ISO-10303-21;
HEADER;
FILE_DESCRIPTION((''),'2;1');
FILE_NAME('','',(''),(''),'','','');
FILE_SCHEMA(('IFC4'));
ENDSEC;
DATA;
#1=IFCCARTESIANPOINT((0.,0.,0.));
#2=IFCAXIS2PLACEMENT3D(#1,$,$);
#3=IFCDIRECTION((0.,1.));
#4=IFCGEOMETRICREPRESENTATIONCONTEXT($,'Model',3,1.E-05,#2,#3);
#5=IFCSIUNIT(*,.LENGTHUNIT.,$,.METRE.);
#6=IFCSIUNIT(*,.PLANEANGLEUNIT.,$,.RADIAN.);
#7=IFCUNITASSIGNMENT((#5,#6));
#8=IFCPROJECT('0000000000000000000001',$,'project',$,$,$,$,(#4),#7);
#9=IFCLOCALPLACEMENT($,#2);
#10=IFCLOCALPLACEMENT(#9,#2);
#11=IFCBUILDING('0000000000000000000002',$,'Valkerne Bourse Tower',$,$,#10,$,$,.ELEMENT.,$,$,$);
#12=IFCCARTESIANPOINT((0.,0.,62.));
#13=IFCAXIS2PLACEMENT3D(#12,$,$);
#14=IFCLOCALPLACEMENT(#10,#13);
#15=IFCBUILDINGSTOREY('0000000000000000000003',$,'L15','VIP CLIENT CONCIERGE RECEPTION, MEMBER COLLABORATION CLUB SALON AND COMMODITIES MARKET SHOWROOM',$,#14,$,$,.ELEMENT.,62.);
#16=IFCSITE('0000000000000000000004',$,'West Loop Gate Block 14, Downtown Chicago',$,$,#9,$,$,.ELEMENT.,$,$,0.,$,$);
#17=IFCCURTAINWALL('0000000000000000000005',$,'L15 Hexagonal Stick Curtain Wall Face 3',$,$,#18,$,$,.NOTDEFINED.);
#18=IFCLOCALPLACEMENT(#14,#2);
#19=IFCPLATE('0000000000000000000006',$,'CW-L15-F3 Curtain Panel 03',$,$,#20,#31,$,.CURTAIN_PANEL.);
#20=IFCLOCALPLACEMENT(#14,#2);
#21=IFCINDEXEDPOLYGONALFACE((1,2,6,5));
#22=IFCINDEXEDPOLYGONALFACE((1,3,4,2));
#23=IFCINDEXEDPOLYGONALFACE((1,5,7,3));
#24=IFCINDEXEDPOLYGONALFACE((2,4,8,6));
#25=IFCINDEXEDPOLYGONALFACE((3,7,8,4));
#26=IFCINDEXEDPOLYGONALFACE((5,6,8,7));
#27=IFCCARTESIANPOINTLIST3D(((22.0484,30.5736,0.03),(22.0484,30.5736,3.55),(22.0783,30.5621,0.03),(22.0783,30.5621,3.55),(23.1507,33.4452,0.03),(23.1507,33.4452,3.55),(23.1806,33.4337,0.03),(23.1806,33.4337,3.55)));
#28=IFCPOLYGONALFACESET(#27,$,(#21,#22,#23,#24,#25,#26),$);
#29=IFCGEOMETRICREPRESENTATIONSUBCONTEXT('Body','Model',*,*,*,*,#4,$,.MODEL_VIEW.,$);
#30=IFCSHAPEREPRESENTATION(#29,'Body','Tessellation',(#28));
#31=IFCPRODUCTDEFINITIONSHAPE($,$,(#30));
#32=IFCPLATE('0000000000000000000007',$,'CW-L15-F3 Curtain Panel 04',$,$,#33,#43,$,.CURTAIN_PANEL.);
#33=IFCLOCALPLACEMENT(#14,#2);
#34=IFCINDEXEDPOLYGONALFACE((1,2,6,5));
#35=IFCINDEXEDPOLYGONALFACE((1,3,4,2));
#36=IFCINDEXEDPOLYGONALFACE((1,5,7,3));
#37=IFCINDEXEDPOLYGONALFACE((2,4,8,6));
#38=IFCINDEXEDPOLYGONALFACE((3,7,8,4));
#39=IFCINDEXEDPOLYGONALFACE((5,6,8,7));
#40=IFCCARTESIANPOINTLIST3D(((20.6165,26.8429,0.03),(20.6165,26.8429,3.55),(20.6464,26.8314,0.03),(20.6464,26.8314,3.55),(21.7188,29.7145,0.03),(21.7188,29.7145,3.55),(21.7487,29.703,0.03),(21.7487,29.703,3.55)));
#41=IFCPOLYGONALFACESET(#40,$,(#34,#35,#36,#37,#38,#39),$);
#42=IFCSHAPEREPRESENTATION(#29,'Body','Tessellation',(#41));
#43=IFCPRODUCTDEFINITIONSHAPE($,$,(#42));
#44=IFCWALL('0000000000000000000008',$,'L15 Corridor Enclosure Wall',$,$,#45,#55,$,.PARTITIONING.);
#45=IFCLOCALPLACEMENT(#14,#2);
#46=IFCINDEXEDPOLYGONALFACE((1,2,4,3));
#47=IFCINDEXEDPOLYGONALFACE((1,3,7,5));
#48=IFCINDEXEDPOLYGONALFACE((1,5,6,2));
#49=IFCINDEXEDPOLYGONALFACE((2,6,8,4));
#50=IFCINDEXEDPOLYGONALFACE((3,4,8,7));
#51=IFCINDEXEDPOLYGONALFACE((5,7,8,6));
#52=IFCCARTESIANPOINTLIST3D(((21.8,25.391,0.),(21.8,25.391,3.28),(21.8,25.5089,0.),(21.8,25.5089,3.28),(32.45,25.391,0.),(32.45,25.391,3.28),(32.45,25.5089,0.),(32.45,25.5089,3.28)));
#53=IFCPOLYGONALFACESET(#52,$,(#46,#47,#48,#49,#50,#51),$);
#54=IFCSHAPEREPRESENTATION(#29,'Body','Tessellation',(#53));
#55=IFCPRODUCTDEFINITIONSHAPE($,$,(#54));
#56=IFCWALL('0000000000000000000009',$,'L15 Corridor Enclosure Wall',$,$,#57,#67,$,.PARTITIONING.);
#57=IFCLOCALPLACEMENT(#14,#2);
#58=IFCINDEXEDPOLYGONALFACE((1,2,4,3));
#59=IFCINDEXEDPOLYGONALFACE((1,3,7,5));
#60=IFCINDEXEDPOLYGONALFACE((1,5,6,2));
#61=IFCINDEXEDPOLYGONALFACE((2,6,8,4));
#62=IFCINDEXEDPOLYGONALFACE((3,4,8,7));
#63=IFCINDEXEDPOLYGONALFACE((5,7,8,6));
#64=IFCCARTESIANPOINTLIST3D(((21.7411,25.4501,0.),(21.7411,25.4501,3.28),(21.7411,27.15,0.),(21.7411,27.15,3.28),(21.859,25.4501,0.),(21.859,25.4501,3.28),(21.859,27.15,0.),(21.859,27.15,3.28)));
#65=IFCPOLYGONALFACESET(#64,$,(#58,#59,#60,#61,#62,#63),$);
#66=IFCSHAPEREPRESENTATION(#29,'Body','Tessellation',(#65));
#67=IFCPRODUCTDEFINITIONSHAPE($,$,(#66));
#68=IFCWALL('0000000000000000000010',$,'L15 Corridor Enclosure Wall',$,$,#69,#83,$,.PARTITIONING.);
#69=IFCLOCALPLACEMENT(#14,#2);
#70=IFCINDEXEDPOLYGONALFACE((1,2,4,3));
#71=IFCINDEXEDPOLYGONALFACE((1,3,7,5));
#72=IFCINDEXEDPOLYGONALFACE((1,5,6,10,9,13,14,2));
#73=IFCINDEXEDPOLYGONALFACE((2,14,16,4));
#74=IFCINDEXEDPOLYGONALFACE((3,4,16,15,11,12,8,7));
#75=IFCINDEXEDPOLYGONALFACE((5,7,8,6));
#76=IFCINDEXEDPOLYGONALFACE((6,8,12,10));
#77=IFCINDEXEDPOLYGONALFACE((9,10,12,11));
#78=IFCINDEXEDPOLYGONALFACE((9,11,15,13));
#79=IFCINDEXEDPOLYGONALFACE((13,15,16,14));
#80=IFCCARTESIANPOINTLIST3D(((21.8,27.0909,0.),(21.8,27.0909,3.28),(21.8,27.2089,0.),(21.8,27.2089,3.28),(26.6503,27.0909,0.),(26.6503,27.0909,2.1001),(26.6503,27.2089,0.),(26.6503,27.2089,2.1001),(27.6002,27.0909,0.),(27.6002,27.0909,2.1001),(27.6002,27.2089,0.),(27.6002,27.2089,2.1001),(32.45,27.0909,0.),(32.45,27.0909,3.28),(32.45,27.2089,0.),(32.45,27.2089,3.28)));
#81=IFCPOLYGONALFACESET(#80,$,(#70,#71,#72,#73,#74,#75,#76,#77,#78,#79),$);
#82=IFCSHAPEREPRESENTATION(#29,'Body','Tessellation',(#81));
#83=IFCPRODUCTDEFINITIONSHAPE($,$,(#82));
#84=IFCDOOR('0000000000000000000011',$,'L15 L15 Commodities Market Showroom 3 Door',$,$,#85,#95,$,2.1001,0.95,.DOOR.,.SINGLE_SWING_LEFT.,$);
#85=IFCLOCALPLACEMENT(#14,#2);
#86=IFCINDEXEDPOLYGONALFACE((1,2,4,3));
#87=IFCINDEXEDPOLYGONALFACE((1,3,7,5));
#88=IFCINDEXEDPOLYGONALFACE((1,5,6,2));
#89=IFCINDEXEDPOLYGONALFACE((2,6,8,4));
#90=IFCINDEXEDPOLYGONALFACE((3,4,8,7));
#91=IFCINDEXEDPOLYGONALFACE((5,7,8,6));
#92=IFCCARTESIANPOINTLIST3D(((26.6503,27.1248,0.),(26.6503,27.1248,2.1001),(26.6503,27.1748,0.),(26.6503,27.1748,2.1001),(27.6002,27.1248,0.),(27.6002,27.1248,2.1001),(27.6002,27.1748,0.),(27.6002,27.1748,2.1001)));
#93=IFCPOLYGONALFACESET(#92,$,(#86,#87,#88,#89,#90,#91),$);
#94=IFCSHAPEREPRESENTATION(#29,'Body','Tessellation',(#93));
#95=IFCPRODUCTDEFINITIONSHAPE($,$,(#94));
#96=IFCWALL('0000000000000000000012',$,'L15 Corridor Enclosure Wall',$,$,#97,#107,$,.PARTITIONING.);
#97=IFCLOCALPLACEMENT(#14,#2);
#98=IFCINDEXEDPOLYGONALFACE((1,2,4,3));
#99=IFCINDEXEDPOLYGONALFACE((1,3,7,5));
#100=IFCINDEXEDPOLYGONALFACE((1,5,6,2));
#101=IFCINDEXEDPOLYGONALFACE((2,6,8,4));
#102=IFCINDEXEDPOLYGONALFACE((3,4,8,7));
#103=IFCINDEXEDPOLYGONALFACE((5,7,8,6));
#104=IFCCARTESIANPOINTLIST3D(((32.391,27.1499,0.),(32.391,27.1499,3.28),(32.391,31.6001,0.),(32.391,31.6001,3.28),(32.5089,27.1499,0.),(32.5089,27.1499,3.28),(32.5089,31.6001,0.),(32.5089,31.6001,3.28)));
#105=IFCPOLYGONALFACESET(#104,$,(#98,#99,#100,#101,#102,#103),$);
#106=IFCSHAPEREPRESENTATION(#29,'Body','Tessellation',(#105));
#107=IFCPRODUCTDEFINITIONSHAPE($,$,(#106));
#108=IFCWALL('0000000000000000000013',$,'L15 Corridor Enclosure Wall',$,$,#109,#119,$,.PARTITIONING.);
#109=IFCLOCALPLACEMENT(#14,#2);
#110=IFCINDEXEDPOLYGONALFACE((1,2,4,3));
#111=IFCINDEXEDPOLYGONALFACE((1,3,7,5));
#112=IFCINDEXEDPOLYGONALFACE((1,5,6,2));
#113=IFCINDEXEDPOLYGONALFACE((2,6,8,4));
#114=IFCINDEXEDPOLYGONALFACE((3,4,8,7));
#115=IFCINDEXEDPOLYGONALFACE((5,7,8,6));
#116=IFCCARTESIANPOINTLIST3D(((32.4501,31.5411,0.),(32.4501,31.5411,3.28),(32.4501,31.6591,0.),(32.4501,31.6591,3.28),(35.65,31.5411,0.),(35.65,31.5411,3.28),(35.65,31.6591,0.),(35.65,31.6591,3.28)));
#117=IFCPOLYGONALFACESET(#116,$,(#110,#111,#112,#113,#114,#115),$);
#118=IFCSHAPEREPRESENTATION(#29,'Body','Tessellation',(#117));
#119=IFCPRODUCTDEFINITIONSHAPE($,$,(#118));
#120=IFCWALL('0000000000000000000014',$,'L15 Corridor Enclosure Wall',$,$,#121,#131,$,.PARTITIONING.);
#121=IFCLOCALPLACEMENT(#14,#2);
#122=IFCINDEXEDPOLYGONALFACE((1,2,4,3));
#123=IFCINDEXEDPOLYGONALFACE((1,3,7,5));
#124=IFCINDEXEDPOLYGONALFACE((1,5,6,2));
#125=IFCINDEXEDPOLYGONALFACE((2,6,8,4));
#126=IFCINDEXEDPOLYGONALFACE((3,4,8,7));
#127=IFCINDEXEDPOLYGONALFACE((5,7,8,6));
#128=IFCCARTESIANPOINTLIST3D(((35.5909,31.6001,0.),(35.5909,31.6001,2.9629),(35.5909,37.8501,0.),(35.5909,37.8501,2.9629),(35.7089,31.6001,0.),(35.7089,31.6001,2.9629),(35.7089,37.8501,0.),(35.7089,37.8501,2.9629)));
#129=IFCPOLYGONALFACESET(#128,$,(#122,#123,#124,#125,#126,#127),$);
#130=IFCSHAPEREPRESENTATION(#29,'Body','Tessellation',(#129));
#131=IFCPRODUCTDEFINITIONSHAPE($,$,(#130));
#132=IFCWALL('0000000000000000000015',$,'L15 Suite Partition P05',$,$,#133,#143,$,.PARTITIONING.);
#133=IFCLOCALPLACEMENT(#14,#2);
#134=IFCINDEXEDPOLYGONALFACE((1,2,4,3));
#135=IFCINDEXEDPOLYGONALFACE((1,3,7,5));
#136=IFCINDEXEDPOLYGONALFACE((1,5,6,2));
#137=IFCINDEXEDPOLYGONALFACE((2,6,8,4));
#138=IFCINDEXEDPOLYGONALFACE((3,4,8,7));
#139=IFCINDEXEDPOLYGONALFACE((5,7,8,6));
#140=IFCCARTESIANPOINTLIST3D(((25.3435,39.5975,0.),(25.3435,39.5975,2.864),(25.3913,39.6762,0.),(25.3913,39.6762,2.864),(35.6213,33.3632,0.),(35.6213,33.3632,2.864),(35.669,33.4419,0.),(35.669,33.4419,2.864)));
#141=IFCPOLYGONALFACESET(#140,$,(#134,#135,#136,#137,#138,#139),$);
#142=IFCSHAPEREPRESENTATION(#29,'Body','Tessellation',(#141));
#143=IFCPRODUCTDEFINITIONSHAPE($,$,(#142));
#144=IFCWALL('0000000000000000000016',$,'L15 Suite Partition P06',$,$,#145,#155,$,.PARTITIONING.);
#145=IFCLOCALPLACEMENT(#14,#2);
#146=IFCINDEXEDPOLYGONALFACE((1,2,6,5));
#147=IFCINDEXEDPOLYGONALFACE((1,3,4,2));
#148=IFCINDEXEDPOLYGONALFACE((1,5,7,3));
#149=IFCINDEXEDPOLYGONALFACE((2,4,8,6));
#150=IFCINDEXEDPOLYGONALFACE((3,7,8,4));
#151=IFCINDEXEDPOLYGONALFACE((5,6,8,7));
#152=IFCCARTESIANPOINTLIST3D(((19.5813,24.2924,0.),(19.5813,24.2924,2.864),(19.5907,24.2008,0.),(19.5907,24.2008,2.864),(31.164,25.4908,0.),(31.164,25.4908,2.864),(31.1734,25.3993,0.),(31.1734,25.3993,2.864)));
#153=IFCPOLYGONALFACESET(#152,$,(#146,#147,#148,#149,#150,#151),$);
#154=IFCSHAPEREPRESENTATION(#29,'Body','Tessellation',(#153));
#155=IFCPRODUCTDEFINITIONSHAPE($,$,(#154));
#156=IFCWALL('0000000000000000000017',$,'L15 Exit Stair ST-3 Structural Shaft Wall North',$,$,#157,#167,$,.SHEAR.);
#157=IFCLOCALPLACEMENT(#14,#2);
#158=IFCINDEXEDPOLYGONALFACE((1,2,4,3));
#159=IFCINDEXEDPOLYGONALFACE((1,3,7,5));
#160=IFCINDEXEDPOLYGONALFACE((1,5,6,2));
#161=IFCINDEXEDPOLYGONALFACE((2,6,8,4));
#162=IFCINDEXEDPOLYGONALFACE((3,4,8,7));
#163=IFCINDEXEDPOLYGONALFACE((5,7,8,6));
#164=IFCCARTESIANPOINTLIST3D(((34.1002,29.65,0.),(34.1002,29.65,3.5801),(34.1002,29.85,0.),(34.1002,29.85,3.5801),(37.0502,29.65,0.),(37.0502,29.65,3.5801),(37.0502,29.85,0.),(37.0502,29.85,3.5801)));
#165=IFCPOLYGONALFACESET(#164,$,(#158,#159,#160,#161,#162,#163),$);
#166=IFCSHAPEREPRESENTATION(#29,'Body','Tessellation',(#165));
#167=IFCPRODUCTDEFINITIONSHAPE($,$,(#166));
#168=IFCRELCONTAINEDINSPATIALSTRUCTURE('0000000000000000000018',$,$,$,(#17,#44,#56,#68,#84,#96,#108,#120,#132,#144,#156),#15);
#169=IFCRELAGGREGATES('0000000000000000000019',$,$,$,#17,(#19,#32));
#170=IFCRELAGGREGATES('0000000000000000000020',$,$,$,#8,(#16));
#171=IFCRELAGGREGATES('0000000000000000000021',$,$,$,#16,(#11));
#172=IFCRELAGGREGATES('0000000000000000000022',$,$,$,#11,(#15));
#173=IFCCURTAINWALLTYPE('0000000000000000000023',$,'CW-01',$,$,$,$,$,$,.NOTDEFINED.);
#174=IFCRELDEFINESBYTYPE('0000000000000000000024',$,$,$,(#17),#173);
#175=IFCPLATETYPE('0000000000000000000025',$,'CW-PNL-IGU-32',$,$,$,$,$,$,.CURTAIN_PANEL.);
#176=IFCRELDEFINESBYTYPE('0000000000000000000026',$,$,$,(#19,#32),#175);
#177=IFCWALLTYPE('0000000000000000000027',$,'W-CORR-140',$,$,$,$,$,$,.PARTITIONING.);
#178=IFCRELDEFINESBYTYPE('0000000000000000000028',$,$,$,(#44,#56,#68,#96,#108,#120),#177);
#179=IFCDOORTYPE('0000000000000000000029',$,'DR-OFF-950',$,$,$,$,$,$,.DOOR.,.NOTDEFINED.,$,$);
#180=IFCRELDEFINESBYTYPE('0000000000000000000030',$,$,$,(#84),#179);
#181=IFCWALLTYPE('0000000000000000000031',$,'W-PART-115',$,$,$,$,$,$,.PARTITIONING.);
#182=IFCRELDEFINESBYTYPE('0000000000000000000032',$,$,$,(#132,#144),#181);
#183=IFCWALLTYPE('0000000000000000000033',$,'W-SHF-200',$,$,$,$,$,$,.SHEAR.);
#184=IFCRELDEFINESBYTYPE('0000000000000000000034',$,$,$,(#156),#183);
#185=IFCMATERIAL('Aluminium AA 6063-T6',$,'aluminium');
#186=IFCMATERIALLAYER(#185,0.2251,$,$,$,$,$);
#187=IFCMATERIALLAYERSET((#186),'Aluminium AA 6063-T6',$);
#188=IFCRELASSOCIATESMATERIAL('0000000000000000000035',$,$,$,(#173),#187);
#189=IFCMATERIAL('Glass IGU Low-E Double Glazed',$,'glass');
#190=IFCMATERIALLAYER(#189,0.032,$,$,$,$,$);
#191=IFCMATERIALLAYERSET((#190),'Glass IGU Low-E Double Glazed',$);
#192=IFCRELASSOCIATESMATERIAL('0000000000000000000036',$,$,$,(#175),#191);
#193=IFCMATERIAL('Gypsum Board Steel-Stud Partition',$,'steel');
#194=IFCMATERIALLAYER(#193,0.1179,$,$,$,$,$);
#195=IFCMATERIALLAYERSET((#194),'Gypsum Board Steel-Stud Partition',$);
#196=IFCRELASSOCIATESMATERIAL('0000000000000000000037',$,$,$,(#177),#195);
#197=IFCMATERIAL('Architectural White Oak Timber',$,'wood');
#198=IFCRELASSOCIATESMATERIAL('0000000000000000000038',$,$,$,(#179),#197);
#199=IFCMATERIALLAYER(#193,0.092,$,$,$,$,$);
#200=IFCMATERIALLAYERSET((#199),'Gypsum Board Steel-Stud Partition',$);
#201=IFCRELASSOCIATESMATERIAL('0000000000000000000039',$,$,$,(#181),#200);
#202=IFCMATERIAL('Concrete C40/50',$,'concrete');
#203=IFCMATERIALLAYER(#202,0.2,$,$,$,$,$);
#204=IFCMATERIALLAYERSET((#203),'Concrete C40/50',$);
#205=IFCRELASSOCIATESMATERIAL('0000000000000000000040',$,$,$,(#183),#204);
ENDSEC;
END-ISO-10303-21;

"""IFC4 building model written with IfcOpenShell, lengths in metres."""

from ifc_helpers import new_model, si_unit, direction, frame, frame_2d, origin, origin_2d, place, context, subcontext, project, spatial, rectangle, extrude, material, layer, layer_set, type_object, element, fill, aggregate, save


model = new_model("IFC4")

# Units and contexts
model_context = context("Model", 3, precision=1e-05, world=origin(), true_north=direction((0.0, 1.0)))
body_context = subcontext(model_context, "Body", "Model", "MODEL_VIEW")
ifc_project = project(units=[si_unit("LENGTHUNIT", "METRE"), si_unit("PLANEANGLEUNIT", "RADIAN")], contexts=[model_context])

# Site, building, storey
site_placement = place(None, origin())
site = spatial("IfcSite", under=ifc_project, at=site_placement, Name="West Loop Gate Block 14, Downtown Chicago", CompositionType="ELEMENT", RefElevation=0.0)
building_placement = place(site_placement, origin())
building = spatial("IfcBuilding", under=site, at=building_placement, Name="Valkerne Bourse Tower", CompositionType="ELEMENT")
storey_placement = place(building_placement, frame((0.0, 0.0, 62.0)))
storey = spatial("IfcBuildingStorey", under=building, at=storey_placement, Name="L15", Description="VIP CLIENT CONCIERGE RECEPTION, MEMBER COLLABORATION CLUB SALON AND COMMODITIES MARKET SHOWROOM", CompositionType="ELEMENT", Elevation=62.0)

# Curtain wall, plates
ifc_material_1 = material(Name="Aluminium AA 6063-T6", Category="aluminium")
ifc_layer_1 = layer(ifc_material_1, 0.2251)
ifc_layer_set_1 = layer_set([ifc_layer_1], Name="Aluminium AA 6063-T6")
curtain_wall_type = type_object("IfcCurtainWallType", Name="CW-01", PredefinedType="NOTDEFINED", material=ifc_layer_set_1)
curtain_wall_placement = place(storey_placement, origin())
curtain_wall = element("IfcCurtainWall", 1, at=curtain_wall_placement, inside=storey, type_object=curtain_wall_type, Name="L15 Hexagonal Stick Curtain Wall Face 3", PredefinedType="NOTDEFINED")
ifc_material_2 = material(Name="Glass IGU Low-E Double Glazed", Category="glass")
ifc_layer_2 = layer(ifc_material_2, 0.032)
ifc_layer_set_2 = layer_set([ifc_layer_2], Name="Glass IGU Low-E Double Glazed")
plate_type = type_object("IfcPlateType", Name="CW-PNL-IGU-32", PredefinedType="CURTAIN_PANEL", material=ifc_layer_set_2)
plate_1_placement = place(storey_placement, frame((22.6145, 32.0037, 0.03), z_axis=(0.0, 0.0, 1.0), x_axis=(-0.35838, -0.933576, 0.0)))
plate_1 = element("IfcPlate", 2, at=plate_1_placement, type_object=plate_type, Name="CW-L15-F3 Curtain Panel 03", PredefinedType="CURTAIN_PANEL", context=body_context, shape_type="SweptSolid", body=[
    extrude(rectangle(XDim=3.0759, YDim=0.032, at=origin_2d()), origin(), (0.0, 0.0, 1.0), 3.52),
])
plate_2_placement = place(storey_placement, frame((21.1826, 28.2729, 0.03), z_axis=(0.0, 0.0, 1.0), x_axis=(-0.358359, -0.933584, 0.0)))
plate_2 = element("IfcPlate", 3, at=plate_2_placement, type_object=plate_type, Name="CW-L15-F3 Curtain Panel 04", PredefinedType="CURTAIN_PANEL", context=body_context, shape_type="SweptSolid", body=[
    extrude(rectangle(XDim=3.0759, YDim=0.032, at=origin_2d()), origin(), (0.0, 0.0, 1.0), 3.52),
])
aggregate(curtain_wall, [plate_1, plate_2])

# Walls
ifc_material_3 = material(Name="Gypsum Board Steel-Stud Partition", Category="steel")
ifc_layer_3 = layer(ifc_material_3, 0.1179)
ifc_layer_set_3 = layer_set([ifc_layer_3], Name="Gypsum Board Steel-Stud Partition")
wall_type_1 = type_object("IfcWallType", Name="W-CORR-140", PredefinedType="PARTITIONING", material=ifc_layer_set_3)
wall_1_placement = place(storey_placement, frame((32.45, 25.45, 0.0), z_axis=(0.0, 0.0, 1.0), x_axis=(-1.0, 0.0, 0.0)))
element("IfcWall", 4, at=wall_1_placement, inside=storey, type_object=wall_type_1, Name="L15 Corridor Enclosure Wall", PredefinedType="PARTITIONING", context=body_context, shape_type="SweptSolid", body=[
    extrude(rectangle(XDim=10.6499, YDim=0.1179, at=frame_2d((5.325, 0.0))), origin(), (0.0, 0.0, 1.0), 3.28),
])
wall_2_placement = place(storey_placement, frame((21.8, 25.45, 0.0), z_axis=(0.0, 0.0, 1.0), x_axis=(0.0, 1.0, 0.0)))
element("IfcWall", 5, at=wall_2_placement, inside=storey, type_object=wall_type_1, Name="L15 Corridor Enclosure Wall", PredefinedType="PARTITIONING", context=body_context, shape_type="SweptSolid", body=[
    extrude(rectangle(XDim=1.7, YDim=0.1179, at=frame_2d((0.8501, 0.0))), origin(), (0.0, 0.0, 1.0), 3.28),
])

# Wall, opening, door
wall_3_placement = place(storey_placement, frame((21.8, 27.1499, 0.0), z_axis=(0.0, 0.0, 1.0), x_axis=(1.0, 0.0, 0.0)))
wall_3 = element("IfcWall", 6, at=wall_3_placement, inside=storey, type_object=wall_type_1, Name="L15 Corridor Enclosure Wall", PredefinedType="PARTITIONING", context=body_context, shape_type="SweptSolid", body=[
    extrude(rectangle(XDim=10.6499, YDim=0.1179, at=frame_2d((5.325, 0.0))), origin(), (0.0, 0.0, 1.0), 3.28),
])
opening_placement = place(wall_3_placement, frame((4.8501, 0.0, 0.0)))
opening = element("IfcOpeningElement", 7, at=opening_placement, cuts=wall_3, PredefinedType="OPENING", context=body_context, shape_type="SweptSolid", body=[
    extrude(rectangle(XDim=0.95, YDim=2.1001, at=frame_2d((0.4751, 1.05))), frame((0.0, 0.0688, 0.0), z_axis=(0.0, -1.0, 0.0), x_axis=(1.0, 0.0, 0.0)), (0.0, 0.0, 1.0), 0.1379),
])
ifc_material_4 = material(Name="Architectural White Oak Timber", Category="wood")
door_type = type_object("IfcDoorType", Name="DR-OFF-950", OperationType="NOTDEFINED", PredefinedType="DOOR", material=ifc_material_4)
door_placement = place(opening_placement, origin())
door = element("IfcDoor", 8, at=door_placement, inside=storey, type_object=door_type, Name="L15 L15 Commodities Market Showroom 3 Door", OperationType="SINGLE_SWING_LEFT", OverallHeight=2.1001, OverallWidth=0.95, PredefinedType="DOOR", context=body_context, shape_type="SweptSolid", body=[
    extrude(rectangle(XDim=0.95, YDim=2.1001, at=frame_2d((0.4751, 1.05))), frame((0.0, 0.0249, 0.0), z_axis=(0.0, -1.0, 0.0), x_axis=(1.0, 0.0, 0.0)), (0.0, 0.0, 1.0), 0.05),
])
fill(opening, door)

# Walls
wall_4_placement = place(storey_placement, frame((32.45, 27.1499, 0.0), z_axis=(0.0, 0.0, 1.0), x_axis=(0.0, 1.0, 0.0)))
element("IfcWall", 9, at=wall_4_placement, inside=storey, type_object=wall_type_1, Name="L15 Corridor Enclosure Wall", PredefinedType="PARTITIONING", context=body_context, shape_type="SweptSolid", body=[
    extrude(rectangle(XDim=4.4502, YDim=0.1179, at=frame_2d((2.2251, 0.0))), origin(), (0.0, 0.0, 1.0), 3.28),
])
wall_5_placement = place(storey_placement, frame((32.45, 31.6001, 0.0), z_axis=(0.0, 0.0, 1.0), x_axis=(1.0, 0.0, 0.0)))
element("IfcWall", 10, at=wall_5_placement, inside=storey, type_object=wall_type_1, Name="L15 Corridor Enclosure Wall", PredefinedType="PARTITIONING", context=body_context, shape_type="SweptSolid", body=[
    extrude(rectangle(XDim=3.2, YDim=0.1179, at=frame_2d((1.6001, 0.0))), origin(), (0.0, 0.0, 1.0), 3.28),
])
wall_6_placement = place(storey_placement, frame((35.6499, 31.6001, 0.0), z_axis=(0.0, 0.0, 1.0), x_axis=(0.0, 1.0, 0.0)))
element("IfcWall", 11, at=wall_6_placement, inside=storey, type_object=wall_type_1, Name="L15 Corridor Enclosure Wall", PredefinedType="PARTITIONING", context=body_context, shape_type="SweptSolid", body=[
    extrude(rectangle(XDim=6.25, YDim=0.1179, at=frame_2d((3.125, 0.0))), origin(), (0.0, 0.0, 1.0), 2.9629),
])
ifc_layer_4 = layer(ifc_material_3, 0.092)
ifc_layer_set_4 = layer_set([ifc_layer_4], Name="Gypsum Board Steel-Stud Partition")
wall_type_2 = type_object("IfcWallType", Name="W-PART-115", PredefinedType="PARTITIONING", material=ifc_layer_set_4)
wall_7_placement = place(storey_placement, frame((35.645, 33.4026, 0.0), z_axis=(0.0, 0.0, 1.0), x_axis=(-0.854999, 0.518629, 0.0)))
element("IfcWall", 12, at=wall_7_placement, inside=storey, type_object=wall_type_2, Name="L15 Suite Partition P05", PredefinedType="PARTITIONING", context=body_context, shape_type="SweptSolid", body=[
    extrude(rectangle(XDim=12.0208, YDim=0.092, at=frame_2d((6.0103, 0.0))), origin(), (0.0, 0.0, 1.0), 2.864),
])
wall_8_placement = place(storey_placement, frame((31.1687, 25.4451, 0.0), z_axis=(0.0, 0.0, 1.0), x_axis=(-0.994689, -0.102922, 0.0)))
element("IfcWall", 13, at=wall_8_placement, inside=storey, type_object=wall_type_2, Name="L15 Suite Partition P06", PredefinedType="PARTITIONING", context=body_context, shape_type="SweptSolid", body=[
    extrude(rectangle(XDim=11.6445, YDim=0.092, at=frame_2d((5.8223, 0.0))), origin(), (0.0, 0.0, 1.0), 2.864),
])
ifc_material_5 = material(Name="Concrete C40/50", Category="concrete")
ifc_layer_5 = layer(ifc_material_5, 0.2)
ifc_layer_set_5 = layer_set([ifc_layer_5], Name="Concrete C40/50")
wall_type_3 = type_object("IfcWallType", Name="W-SHF-200", PredefinedType="SHEAR", material=ifc_layer_set_5)
wall_9_placement = place(storey_placement, frame((34.1001, 29.75, 0.0), z_axis=(0.0, 0.0, 1.0), x_axis=(1.0, 0.0, 0.0)))
element("IfcWall", 14, at=wall_9_placement, inside=storey, type_object=wall_type_3, Name="L15 Exit Stair ST-3 Structural Shaft Wall North", PredefinedType="SHEAR", context=body_context, shape_type="SweptSolid", body=[
    extrude(rectangle(XDim=2.95, YDim=0.2, at=frame_2d((1.4751, 0.0))), origin(), (0.0, 0.0, 1.0), 3.5801),
])

save(model, "model.ifc")
